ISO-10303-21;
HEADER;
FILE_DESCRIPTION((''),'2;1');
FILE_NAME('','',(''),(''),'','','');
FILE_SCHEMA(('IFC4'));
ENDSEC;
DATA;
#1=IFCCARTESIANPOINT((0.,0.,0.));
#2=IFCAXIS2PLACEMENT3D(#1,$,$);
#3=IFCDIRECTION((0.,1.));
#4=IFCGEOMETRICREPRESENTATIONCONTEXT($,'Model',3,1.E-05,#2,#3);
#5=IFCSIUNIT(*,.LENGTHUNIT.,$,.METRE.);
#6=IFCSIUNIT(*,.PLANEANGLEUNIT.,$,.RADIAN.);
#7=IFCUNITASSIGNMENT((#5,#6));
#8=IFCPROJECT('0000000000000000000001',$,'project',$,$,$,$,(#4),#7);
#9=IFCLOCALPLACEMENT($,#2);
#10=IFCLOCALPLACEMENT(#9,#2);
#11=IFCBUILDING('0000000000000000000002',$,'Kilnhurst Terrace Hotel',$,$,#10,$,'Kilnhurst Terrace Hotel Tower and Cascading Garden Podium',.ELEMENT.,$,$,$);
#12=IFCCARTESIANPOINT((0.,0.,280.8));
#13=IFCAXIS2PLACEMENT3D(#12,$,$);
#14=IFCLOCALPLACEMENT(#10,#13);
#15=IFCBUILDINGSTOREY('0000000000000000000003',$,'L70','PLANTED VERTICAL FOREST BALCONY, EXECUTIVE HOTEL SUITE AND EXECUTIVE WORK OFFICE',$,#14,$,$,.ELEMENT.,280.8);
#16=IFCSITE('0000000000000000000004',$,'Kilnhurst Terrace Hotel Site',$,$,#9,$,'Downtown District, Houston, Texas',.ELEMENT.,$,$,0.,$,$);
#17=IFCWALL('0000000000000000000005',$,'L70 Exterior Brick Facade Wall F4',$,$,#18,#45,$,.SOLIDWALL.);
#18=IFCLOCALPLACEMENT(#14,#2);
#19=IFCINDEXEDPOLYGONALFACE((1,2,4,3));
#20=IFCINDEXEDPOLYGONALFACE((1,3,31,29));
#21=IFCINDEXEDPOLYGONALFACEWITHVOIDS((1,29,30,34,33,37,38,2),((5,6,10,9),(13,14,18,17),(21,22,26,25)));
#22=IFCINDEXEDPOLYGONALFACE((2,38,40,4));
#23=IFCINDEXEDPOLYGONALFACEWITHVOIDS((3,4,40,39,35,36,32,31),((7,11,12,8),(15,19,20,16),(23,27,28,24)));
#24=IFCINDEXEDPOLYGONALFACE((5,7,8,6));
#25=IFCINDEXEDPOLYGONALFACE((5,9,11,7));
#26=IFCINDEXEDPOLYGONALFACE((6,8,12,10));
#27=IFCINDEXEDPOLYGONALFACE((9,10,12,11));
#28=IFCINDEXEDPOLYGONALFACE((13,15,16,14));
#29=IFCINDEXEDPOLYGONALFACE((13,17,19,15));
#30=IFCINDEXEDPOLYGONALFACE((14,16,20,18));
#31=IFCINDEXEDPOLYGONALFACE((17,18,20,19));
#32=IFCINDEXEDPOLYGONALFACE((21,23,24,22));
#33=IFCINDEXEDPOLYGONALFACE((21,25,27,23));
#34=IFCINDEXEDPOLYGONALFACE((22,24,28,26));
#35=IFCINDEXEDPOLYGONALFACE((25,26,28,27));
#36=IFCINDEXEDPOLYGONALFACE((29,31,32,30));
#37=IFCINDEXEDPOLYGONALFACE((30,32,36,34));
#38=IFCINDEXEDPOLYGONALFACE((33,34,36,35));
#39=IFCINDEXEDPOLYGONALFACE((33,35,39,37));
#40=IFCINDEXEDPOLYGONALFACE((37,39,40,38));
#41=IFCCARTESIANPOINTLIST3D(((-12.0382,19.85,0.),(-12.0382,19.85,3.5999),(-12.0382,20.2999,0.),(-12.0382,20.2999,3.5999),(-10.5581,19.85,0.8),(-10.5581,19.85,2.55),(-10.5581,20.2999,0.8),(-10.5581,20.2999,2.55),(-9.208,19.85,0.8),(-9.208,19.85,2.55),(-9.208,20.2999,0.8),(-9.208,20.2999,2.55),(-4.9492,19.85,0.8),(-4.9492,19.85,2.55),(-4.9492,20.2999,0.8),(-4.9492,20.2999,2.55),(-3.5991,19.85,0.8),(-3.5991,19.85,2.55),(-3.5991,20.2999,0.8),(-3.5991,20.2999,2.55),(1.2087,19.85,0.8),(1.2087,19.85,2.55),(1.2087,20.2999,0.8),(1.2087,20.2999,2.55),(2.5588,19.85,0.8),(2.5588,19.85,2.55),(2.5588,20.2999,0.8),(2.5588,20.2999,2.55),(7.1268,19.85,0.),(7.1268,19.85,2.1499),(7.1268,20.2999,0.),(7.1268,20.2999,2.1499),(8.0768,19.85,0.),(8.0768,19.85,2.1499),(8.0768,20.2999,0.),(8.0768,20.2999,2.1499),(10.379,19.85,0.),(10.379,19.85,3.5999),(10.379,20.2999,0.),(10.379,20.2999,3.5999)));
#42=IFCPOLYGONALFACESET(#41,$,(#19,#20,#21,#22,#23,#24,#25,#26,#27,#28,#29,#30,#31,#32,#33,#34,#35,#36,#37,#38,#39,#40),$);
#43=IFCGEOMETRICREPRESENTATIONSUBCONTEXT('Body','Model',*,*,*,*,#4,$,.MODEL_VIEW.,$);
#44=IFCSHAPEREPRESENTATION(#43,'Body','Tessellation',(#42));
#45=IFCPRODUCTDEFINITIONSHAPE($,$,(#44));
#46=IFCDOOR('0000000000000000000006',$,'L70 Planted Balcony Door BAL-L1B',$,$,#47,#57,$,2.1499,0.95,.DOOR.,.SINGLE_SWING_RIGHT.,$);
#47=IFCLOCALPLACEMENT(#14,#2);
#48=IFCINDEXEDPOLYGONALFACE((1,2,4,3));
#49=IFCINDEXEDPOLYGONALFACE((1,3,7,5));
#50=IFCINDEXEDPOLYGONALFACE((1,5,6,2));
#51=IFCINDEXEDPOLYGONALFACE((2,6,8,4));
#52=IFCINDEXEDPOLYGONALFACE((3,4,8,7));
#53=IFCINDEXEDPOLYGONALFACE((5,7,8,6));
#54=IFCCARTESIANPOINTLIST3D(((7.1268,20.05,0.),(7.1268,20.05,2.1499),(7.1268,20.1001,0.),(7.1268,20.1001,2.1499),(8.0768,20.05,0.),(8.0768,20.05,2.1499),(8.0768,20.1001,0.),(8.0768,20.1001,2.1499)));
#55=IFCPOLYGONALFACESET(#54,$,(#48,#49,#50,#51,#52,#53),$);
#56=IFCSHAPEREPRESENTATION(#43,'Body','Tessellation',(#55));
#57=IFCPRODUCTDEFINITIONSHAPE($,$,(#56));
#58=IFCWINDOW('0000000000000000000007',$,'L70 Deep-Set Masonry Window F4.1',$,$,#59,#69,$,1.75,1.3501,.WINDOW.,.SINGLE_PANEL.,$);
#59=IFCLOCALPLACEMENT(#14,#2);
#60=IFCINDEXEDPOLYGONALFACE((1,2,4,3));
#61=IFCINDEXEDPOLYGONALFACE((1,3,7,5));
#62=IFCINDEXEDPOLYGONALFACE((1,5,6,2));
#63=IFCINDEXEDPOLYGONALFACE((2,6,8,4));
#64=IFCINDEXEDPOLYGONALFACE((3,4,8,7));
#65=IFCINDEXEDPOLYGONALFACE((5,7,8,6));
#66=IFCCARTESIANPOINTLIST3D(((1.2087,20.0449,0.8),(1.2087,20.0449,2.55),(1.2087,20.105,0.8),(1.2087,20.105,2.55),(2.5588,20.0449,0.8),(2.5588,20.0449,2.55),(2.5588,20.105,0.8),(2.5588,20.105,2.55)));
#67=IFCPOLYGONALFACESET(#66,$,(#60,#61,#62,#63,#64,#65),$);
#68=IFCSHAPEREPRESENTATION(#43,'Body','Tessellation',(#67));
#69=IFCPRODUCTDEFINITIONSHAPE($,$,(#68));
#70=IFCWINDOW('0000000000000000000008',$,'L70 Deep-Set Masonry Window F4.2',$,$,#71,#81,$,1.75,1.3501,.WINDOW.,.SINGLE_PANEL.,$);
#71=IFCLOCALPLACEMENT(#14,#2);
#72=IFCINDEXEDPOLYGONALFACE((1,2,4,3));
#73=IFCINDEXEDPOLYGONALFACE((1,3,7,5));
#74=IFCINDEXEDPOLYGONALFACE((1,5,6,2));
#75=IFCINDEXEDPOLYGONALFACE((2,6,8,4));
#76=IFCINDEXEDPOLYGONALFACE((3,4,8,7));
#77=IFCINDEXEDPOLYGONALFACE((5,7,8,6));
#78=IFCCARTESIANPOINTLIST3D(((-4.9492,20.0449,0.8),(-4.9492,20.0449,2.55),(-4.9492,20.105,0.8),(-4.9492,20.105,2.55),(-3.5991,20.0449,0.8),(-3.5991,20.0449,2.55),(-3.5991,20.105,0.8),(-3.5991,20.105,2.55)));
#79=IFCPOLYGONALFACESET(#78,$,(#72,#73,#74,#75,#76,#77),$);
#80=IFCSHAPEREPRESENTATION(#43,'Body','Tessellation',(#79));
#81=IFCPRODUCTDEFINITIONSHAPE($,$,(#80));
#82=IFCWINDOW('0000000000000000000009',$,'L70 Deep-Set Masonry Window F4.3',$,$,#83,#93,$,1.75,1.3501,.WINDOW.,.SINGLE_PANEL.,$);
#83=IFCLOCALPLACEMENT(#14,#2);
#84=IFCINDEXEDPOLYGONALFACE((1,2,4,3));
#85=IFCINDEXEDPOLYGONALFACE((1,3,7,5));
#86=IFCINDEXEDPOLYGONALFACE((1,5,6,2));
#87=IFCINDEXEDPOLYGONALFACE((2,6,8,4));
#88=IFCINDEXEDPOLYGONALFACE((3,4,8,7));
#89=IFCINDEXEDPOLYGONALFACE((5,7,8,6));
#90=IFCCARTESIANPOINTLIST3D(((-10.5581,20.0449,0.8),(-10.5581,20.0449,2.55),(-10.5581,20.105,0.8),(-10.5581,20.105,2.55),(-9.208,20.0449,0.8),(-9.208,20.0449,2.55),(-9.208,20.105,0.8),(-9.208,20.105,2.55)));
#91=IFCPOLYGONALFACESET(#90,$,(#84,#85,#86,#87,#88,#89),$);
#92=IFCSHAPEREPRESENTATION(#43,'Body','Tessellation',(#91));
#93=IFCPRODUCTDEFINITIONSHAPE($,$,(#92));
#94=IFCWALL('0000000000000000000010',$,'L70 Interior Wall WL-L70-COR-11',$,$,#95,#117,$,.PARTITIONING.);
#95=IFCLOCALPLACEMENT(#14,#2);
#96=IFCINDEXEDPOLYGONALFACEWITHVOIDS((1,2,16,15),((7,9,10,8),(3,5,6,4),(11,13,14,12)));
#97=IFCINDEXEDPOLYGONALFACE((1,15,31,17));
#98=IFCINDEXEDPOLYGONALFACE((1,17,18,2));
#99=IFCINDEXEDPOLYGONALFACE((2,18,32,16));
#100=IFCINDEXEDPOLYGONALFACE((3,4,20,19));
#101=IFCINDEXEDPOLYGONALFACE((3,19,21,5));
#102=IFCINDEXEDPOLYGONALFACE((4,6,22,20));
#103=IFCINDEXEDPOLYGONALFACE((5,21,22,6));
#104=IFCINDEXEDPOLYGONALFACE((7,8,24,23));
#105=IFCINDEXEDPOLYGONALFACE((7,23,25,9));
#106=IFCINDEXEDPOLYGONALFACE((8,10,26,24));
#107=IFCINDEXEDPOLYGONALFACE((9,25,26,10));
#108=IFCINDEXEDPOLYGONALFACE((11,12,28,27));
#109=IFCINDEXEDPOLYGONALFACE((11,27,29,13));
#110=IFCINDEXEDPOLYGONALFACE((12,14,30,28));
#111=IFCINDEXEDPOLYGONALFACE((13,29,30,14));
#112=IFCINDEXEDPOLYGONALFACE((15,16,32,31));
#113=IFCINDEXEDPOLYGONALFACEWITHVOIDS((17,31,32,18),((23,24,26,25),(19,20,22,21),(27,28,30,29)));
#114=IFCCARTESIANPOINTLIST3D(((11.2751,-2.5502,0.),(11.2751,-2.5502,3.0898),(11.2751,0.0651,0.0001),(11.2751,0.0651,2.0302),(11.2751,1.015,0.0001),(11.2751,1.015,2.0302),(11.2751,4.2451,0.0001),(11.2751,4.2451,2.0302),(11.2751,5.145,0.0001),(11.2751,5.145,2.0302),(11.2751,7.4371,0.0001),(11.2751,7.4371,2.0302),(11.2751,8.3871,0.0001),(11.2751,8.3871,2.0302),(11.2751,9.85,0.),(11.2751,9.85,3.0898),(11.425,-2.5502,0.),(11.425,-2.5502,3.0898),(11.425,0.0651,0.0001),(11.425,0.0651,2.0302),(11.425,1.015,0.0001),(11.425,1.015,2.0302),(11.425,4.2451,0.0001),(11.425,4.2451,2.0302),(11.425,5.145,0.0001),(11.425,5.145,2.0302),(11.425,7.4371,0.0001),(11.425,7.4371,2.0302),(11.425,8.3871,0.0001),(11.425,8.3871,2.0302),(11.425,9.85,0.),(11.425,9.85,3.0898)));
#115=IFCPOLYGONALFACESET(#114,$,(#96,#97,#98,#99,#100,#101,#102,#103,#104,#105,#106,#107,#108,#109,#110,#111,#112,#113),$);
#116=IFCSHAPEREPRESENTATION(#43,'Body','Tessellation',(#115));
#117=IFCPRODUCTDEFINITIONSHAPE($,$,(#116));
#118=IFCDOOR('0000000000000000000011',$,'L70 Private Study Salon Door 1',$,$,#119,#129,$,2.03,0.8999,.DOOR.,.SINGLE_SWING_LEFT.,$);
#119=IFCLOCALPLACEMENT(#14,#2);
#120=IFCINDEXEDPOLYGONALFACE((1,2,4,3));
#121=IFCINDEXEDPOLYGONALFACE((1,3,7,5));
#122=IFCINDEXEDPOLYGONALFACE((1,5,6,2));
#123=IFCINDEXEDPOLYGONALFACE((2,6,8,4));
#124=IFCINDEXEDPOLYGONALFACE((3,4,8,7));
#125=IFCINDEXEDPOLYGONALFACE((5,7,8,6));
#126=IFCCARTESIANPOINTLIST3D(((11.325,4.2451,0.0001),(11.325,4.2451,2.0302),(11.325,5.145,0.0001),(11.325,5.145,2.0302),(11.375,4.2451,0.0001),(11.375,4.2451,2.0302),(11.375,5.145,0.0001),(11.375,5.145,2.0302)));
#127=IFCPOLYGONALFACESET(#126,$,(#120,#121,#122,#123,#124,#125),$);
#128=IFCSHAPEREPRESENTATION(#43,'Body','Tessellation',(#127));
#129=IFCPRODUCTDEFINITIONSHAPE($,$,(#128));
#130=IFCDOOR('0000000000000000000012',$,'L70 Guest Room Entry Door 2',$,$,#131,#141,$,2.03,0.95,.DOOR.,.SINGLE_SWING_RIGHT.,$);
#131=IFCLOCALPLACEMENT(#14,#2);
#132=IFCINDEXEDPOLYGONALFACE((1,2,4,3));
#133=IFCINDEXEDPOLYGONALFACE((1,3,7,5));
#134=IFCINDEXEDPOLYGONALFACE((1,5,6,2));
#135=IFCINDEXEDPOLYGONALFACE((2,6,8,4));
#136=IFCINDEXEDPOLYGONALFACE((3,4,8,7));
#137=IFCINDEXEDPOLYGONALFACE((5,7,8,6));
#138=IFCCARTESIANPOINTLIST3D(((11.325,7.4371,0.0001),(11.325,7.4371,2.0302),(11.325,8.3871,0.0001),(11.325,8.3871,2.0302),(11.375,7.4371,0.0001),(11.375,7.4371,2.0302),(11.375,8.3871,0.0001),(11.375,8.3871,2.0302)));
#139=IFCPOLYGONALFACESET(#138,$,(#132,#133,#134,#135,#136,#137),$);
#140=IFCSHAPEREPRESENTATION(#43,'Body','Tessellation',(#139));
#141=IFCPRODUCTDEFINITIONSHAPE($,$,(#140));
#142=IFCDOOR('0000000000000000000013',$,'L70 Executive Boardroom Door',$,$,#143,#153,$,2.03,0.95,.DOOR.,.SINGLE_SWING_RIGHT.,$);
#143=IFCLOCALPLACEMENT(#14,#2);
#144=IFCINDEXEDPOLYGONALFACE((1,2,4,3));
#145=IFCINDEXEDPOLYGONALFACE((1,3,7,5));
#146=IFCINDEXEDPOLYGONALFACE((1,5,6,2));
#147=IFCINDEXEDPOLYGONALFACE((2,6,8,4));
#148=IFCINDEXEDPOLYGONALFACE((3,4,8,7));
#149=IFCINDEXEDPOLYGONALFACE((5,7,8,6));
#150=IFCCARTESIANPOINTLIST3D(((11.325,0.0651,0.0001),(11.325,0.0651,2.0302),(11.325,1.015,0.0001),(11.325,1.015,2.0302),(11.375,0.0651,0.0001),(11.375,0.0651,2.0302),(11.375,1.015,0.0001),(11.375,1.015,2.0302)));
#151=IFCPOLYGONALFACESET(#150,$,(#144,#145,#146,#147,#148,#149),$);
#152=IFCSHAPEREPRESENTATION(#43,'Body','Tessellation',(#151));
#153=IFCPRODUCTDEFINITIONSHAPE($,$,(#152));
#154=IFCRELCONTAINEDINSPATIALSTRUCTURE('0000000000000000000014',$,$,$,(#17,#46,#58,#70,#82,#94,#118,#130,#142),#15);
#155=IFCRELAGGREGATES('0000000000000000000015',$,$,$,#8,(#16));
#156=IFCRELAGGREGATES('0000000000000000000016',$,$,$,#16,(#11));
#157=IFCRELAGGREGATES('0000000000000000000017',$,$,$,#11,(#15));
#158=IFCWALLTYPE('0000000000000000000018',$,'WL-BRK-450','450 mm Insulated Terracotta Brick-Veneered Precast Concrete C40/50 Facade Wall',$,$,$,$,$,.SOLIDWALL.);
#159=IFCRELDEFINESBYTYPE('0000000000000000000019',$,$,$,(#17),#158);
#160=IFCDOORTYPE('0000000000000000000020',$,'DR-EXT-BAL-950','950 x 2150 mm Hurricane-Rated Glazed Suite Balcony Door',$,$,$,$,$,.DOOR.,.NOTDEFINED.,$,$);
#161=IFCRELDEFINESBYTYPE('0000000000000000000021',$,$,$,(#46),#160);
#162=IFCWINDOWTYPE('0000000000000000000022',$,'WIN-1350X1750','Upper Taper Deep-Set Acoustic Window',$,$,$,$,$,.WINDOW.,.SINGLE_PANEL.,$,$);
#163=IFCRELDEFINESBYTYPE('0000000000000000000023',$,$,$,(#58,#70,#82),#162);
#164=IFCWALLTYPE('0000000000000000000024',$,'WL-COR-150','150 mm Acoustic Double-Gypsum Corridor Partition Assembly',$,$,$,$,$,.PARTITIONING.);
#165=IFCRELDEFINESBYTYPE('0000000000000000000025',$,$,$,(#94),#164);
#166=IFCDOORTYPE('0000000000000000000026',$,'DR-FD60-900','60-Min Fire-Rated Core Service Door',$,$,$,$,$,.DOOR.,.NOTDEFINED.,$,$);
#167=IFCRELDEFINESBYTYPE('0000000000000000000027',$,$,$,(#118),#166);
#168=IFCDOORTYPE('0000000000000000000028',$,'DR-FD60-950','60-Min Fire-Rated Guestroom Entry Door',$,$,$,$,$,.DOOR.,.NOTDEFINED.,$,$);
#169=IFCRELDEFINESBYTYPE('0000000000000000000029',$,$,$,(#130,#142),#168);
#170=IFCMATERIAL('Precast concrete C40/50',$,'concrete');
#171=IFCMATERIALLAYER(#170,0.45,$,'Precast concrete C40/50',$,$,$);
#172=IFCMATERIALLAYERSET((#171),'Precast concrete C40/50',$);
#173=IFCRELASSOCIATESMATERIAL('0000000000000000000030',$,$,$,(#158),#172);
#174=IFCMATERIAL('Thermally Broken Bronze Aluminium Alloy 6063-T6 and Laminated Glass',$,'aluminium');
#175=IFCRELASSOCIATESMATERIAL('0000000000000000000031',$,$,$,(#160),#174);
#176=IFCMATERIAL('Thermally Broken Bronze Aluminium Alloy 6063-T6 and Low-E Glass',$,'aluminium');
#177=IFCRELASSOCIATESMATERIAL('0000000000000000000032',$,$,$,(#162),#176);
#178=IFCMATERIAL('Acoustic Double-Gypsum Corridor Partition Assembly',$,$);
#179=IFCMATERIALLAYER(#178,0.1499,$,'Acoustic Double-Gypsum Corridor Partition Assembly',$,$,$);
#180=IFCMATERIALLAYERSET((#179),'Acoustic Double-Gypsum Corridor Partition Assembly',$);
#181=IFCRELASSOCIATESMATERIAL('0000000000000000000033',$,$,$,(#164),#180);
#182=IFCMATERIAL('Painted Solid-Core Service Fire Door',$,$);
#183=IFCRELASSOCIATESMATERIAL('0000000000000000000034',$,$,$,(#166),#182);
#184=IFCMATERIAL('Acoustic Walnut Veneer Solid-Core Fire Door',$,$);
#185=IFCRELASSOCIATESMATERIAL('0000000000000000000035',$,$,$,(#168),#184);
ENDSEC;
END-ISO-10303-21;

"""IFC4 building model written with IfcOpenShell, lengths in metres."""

from ifc_helpers import new_model, si_unit, direction, frame, frame_2d, origin, place, context, subcontext, project, spatial, rectangle, extrude, material, layer, layer_set, type_object, element, fill, save


model = new_model("IFC4")

# Units and contexts
model_context = context("Model", 3, precision=1e-05, world=origin(), true_north=direction((0.0, 1.0)))
body_context = subcontext(model_context, "Body", "Model", "MODEL_VIEW")
ifc_project = project(units=[si_unit("LENGTHUNIT", "METRE"), si_unit("PLANEANGLEUNIT", "RADIAN")], contexts=[model_context])

# Site, building, storey
site_placement = place(None, origin())
site = spatial("IfcSite", under=ifc_project, at=site_placement, Name="Kilnhurst Terrace Hotel Site", LongName="Downtown District, Houston, Texas", CompositionType="ELEMENT", RefElevation=0.0)
building_placement = place(site_placement, origin())
building = spatial("IfcBuilding", under=site, at=building_placement, Name="Kilnhurst Terrace Hotel", LongName="Kilnhurst Terrace Hotel Tower and Cascading Garden Podium", CompositionType="ELEMENT")
storey_placement = place(building_placement, frame((0.0, 0.0, 280.8)))
storey = spatial("IfcBuildingStorey", under=building, at=storey_placement, Name="L70", Description="PLANTED VERTICAL FOREST BALCONY, EXECUTIVE HOTEL SUITE AND EXECUTIVE WORK OFFICE", CompositionType="ELEMENT", Elevation=280.8)

# Shared definitions
ifc_material_1 = material(Name="Precast concrete C40/50", Category="concrete")
ifc_layer_1 = layer(ifc_material_1, 0.45, Name="Precast concrete C40/50")
ifc_layer_set_1 = layer_set([ifc_layer_1], Name="Precast concrete C40/50")
wall_type_1 = type_object("IfcWallType", Name="WL-BRK-450", Description="450 mm Insulated Terracotta Brick-Veneered Precast Concrete C40/50 Facade Wall", PredefinedType="SOLIDWALL", material=ifc_layer_set_1)

# Wall, openings, door, windows
wall_1_placement = place(storey_placement, frame((10.3789, 20.075, 0.0), z_axis=(0.0, 0.0, 1.0), x_axis=(-1.0, 0.0, 0.0)))
wall_1 = element("IfcWall", 1, at=wall_1_placement, inside=storey, type_object=wall_type_1, Name="L70 Exterior Brick Facade Wall F4", PredefinedType="SOLIDWALL", context=body_context, shape_type="SweptSolid", body=[
    extrude(rectangle(XDim=22.4172, YDim=0.45, at=frame_2d((11.2085, 0.0))), origin(), (0.0, 0.0, 1.0), 3.5999),
])
opening_1_placement = place(wall_1_placement, frame((2.302, 0.0, 0.0)))
opening_1 = element("IfcOpeningElement", 2, at=opening_1_placement, cuts=wall_1, PredefinedType="OPENING", context=body_context, shape_type="SweptSolid", body=[
    extrude(rectangle(XDim=0.95, YDim=2.1499, at=frame_2d((0.4751, 1.075))), frame((0.0, 0.2349, 0.0), z_axis=(0.0, -1.0, 0.0), x_axis=(1.0, 0.0, 0.0)), (0.0, 0.0, 1.0), 0.47),
])
opening_2_placement = place(wall_1_placement, frame((7.8201, 0.0, 0.8)))
opening_2 = element("IfcOpeningElement", 3, at=opening_2_placement, cuts=wall_1, PredefinedType="OPENING", context=body_context, shape_type="SweptSolid", body=[
    extrude(rectangle(XDim=1.3501, YDim=1.75, at=frame_2d((0.675, 0.875))), frame((0.0, 0.2349, 0.0), z_axis=(0.0, -1.0, 0.0), x_axis=(1.0, 0.0, 0.0)), (0.0, 0.0, 1.0), 0.47),
])
opening_3_placement = place(wall_1_placement, frame((13.978, 0.0, 0.8)))
opening_3 = element("IfcOpeningElement", 4, at=opening_3_placement, cuts=wall_1, PredefinedType="OPENING", context=body_context, shape_type="SweptSolid", body=[
    extrude(rectangle(XDim=1.3501, YDim=1.75, at=frame_2d((0.675, 0.875))), frame((0.0, 0.2349, 0.0), z_axis=(0.0, -1.0, 0.0), x_axis=(1.0, 0.0, 0.0)), (0.0, 0.0, 1.0), 0.47),
])
opening_4_placement = place(wall_1_placement, frame((19.5869, 0.0, 0.8)))
opening_4 = element("IfcOpeningElement", 5, at=opening_4_placement, cuts=wall_1, PredefinedType="OPENING", context=body_context, shape_type="SweptSolid", body=[
    extrude(rectangle(XDim=1.3501, YDim=1.75, at=frame_2d((0.675, 0.875))), frame((0.0, 0.2349, 0.0), z_axis=(0.0, -1.0, 0.0), x_axis=(1.0, 0.0, 0.0)), (0.0, 0.0, 1.0), 0.47),
])
ifc_material_2 = material(Name="Thermally Broken Bronze Aluminium Alloy 6063-T6 and Laminated Glass", Category="aluminium")
door_type_1 = type_object("IfcDoorType", Name="DR-EXT-BAL-950", Description="950 x 2150 mm Hurricane-Rated Glazed Suite Balcony Door", OperationType="NOTDEFINED", PredefinedType="DOOR", material=ifc_material_2)
door_1_placement = place(opening_1_placement, origin())
door_1 = element("IfcDoor", 6, at=door_1_placement, inside=storey, type_object=door_type_1, Name="L70 Planted Balcony Door BAL-L1B", OperationType="SINGLE_SWING_RIGHT", OverallHeight=2.1499, OverallWidth=0.95, PredefinedType="DOOR", context=body_context, shape_type="SweptSolid", body=[
    extrude(rectangle(XDim=0.95, YDim=2.1499, at=frame_2d((0.4751, 1.075))), frame((0.0, 0.0249, 0.0), z_axis=(0.0, -1.0, 0.0), x_axis=(1.0, 0.0, 0.0)), (0.0, 0.0, 1.0), 0.05),
])
fill(opening_1, door_1)
ifc_material_3 = material(Name="Thermally Broken Bronze Aluminium Alloy 6063-T6 and Low-E Glass", Category="aluminium")
window_type = type_object("IfcWindowType", Name="WIN-1350X1750", Description="Upper Taper Deep-Set Acoustic Window", PartitioningType="SINGLE_PANEL", PredefinedType="WINDOW", material=ifc_material_3)
window_1_placement = place(opening_2_placement, origin())
window_1 = element("IfcWindow", 7, at=window_1_placement, inside=storey, type_object=window_type, Name="L70 Deep-Set Masonry Window F4.1", OverallHeight=1.75, OverallWidth=1.3501, PartitioningType="SINGLE_PANEL", PredefinedType="WINDOW", context=body_context, shape_type="SweptSolid", body=[
    extrude(rectangle(XDim=1.3501, YDim=1.75, at=frame_2d((0.675, 0.875))), frame((0.0, 0.03, 0.0), z_axis=(0.0, -1.0, 0.0), x_axis=(1.0, 0.0, 0.0)), (0.0, 0.0, 1.0), 0.0601),
])
fill(opening_2, window_1)
window_2_placement = place(opening_3_placement, origin())
window_2 = element("IfcWindow", 8, at=window_2_placement, inside=storey, type_object=window_type, Name="L70 Deep-Set Masonry Window F4.2", OverallHeight=1.75, OverallWidth=1.3501, PartitioningType="SINGLE_PANEL", PredefinedType="WINDOW", context=body_context, shape_type="SweptSolid", body=[
    extrude(rectangle(XDim=1.3501, YDim=1.75, at=frame_2d((0.675, 0.875))), frame((0.0, 0.03, 0.0), z_axis=(0.0, -1.0, 0.0), x_axis=(1.0, 0.0, 0.0)), (0.0, 0.0, 1.0), 0.0601),
])
fill(opening_3, window_2)
window_3_placement = place(opening_4_placement, origin())
window_3 = element("IfcWindow", 9, at=window_3_placement, inside=storey, type_object=window_type, Name="L70 Deep-Set Masonry Window F4.3", OverallHeight=1.75, OverallWidth=1.3501, PartitioningType="SINGLE_PANEL", PredefinedType="WINDOW", context=body_context, shape_type="SweptSolid", body=[
    extrude(rectangle(XDim=1.3501, YDim=1.75, at=frame_2d((0.675, 0.875))), frame((0.0, 0.03, 0.0), z_axis=(0.0, -1.0, 0.0), x_axis=(1.0, 0.0, 0.0)), (0.0, 0.0, 1.0), 0.0601),
])
fill(opening_4, window_3)

# Wall, openings, doors
ifc_material_4 = material(Name="Acoustic Double-Gypsum Corridor Partition Assembly")
ifc_layer_2 = layer(ifc_material_4, 0.1499, Name="Acoustic Double-Gypsum Corridor Partition Assembly")
ifc_layer_set_2 = layer_set([ifc_layer_2], Name="Acoustic Double-Gypsum Corridor Partition Assembly")
wall_type_2 = type_object("IfcWallType", Name="WL-COR-150", Description="150 mm Acoustic Double-Gypsum Corridor Partition Assembly", PredefinedType="PARTITIONING", material=ifc_layer_set_2)
wall_2_placement = place(storey_placement, frame((11.3501, 9.8501, 0.0), z_axis=(0.0, 0.0, 1.0), x_axis=(0.0, -1.0, 0.0)))
wall_2 = element("IfcWall", 10, at=wall_2_placement, inside=storey, type_object=wall_type_2, Name="L70 Interior Wall WL-L70-COR-11", PredefinedType="PARTITIONING", context=body_context, shape_type="SweptSolid", body=[
    extrude(rectangle(XDim=12.4001, YDim=0.1499, at=frame_2d((6.2002, 0.0))), origin(), (0.0, 0.0, 1.0), 3.0898),
])
opening_5_placement = place(wall_2_placement, frame((4.7051, 0.0, 0.0)))
opening_5 = element("IfcOpeningElement", 11, at=opening_5_placement, cuts=wall_2, PredefinedType="OPENING", context=body_context, shape_type="SweptSolid", body=[
    extrude(rectangle(XDim=0.8999, YDim=2.03, at=frame_2d((0.45, 1.0151))), frame((0.0, 0.085, 0.0), z_axis=(0.0, -1.0, 0.0), x_axis=(1.0, 0.0, 0.0)), (0.0, 0.0, 1.0), 0.1699),
])
opening_6_placement = place(wall_2_placement, frame((1.4629, 0.0, 0.0)))
opening_6 = element("IfcOpeningElement", 12, at=opening_6_placement, cuts=wall_2, PredefinedType="OPENING", context=body_context, shape_type="SweptSolid", body=[
    extrude(rectangle(XDim=0.95, YDim=2.03, at=frame_2d((0.4751, 1.0151))), frame((0.0, 0.085, 0.0), z_axis=(0.0, -1.0, 0.0), x_axis=(1.0, 0.0, 0.0)), (0.0, 0.0, 1.0), 0.1699),
])
opening_7_placement = place(wall_2_placement, frame((8.835, 0.0, 0.0)))
opening_7 = element("IfcOpeningElement", 13, at=opening_7_placement, cuts=wall_2, PredefinedType="OPENING", context=body_context, shape_type="SweptSolid", body=[
    extrude(rectangle(XDim=0.95, YDim=2.03, at=frame_2d((0.4751, 1.0151))), frame((0.0, 0.085, 0.0), z_axis=(0.0, -1.0, 0.0), x_axis=(1.0, 0.0, 0.0)), (0.0, 0.0, 1.0), 0.1699),
])
ifc_material_5 = material(Name="Painted Solid-Core Service Fire Door")
door_type_2 = type_object("IfcDoorType", Name="DR-FD60-900", Description="60-Min Fire-Rated Core Service Door", OperationType="NOTDEFINED", PredefinedType="DOOR", material=ifc_material_5)
door_2_placement = place(opening_5_placement, origin())
door_2 = element("IfcDoor", 14, at=door_2_placement, inside=storey, type_object=door_type_2, Name="L70 Private Study Salon Door 1", OperationType="SINGLE_SWING_LEFT", OverallHeight=2.03, OverallWidth=0.8999, PredefinedType="DOOR", context=body_context, shape_type="SweptSolid", body=[
    extrude(rectangle(XDim=0.8999, YDim=2.03, at=frame_2d((0.45, 1.0151))), frame((0.0, 0.0249, 0.0), z_axis=(0.0, -1.0, 0.0), x_axis=(1.0, 0.0, 0.0)), (0.0, 0.0, 1.0), 0.05),
])
fill(opening_5, door_2)
ifc_material_6 = material(Name="Acoustic Walnut Veneer Solid-Core Fire Door")
door_type_3 = type_object("IfcDoorType", Name="DR-FD60-950", Description="60-Min Fire-Rated Guestroom Entry Door", OperationType="NOTDEFINED", PredefinedType="DOOR", material=ifc_material_6)
door_3_placement = place(opening_6_placement, origin())
door_3 = element("IfcDoor", 15, at=door_3_placement, inside=storey, type_object=door_type_3, Name="L70 Guest Room Entry Door 2", OperationType="SINGLE_SWING_RIGHT", OverallHeight=2.03, OverallWidth=0.95, PredefinedType="DOOR", context=body_context, shape_type="SweptSolid", body=[
    extrude(rectangle(XDim=0.95, YDim=2.03, at=frame_2d((0.4751, 1.0151))), frame((0.0, 0.0249, 0.0), z_axis=(0.0, -1.0, 0.0), x_axis=(1.0, 0.0, 0.0)), (0.0, 0.0, 1.0), 0.05),
])
fill(opening_6, door_3)
door_4_placement = place(opening_7_placement, origin())
door_4 = element("IfcDoor", 16, at=door_4_placement, inside=storey, type_object=door_type_3, Name="L70 Executive Boardroom Door", OperationType="SINGLE_SWING_RIGHT", OverallHeight=2.03, OverallWidth=0.95, PredefinedType="DOOR", context=body_context, shape_type="SweptSolid", body=[
    extrude(rectangle(XDim=0.95, YDim=2.03, at=frame_2d((0.4751, 1.0151))), frame((0.0, 0.0249, 0.0), z_axis=(0.0, -1.0, 0.0), x_axis=(1.0, 0.0, 0.0)), (0.0, 0.0, 1.0), 0.05),
])
fill(opening_7, door_4)

save(model, "model.ifc")
